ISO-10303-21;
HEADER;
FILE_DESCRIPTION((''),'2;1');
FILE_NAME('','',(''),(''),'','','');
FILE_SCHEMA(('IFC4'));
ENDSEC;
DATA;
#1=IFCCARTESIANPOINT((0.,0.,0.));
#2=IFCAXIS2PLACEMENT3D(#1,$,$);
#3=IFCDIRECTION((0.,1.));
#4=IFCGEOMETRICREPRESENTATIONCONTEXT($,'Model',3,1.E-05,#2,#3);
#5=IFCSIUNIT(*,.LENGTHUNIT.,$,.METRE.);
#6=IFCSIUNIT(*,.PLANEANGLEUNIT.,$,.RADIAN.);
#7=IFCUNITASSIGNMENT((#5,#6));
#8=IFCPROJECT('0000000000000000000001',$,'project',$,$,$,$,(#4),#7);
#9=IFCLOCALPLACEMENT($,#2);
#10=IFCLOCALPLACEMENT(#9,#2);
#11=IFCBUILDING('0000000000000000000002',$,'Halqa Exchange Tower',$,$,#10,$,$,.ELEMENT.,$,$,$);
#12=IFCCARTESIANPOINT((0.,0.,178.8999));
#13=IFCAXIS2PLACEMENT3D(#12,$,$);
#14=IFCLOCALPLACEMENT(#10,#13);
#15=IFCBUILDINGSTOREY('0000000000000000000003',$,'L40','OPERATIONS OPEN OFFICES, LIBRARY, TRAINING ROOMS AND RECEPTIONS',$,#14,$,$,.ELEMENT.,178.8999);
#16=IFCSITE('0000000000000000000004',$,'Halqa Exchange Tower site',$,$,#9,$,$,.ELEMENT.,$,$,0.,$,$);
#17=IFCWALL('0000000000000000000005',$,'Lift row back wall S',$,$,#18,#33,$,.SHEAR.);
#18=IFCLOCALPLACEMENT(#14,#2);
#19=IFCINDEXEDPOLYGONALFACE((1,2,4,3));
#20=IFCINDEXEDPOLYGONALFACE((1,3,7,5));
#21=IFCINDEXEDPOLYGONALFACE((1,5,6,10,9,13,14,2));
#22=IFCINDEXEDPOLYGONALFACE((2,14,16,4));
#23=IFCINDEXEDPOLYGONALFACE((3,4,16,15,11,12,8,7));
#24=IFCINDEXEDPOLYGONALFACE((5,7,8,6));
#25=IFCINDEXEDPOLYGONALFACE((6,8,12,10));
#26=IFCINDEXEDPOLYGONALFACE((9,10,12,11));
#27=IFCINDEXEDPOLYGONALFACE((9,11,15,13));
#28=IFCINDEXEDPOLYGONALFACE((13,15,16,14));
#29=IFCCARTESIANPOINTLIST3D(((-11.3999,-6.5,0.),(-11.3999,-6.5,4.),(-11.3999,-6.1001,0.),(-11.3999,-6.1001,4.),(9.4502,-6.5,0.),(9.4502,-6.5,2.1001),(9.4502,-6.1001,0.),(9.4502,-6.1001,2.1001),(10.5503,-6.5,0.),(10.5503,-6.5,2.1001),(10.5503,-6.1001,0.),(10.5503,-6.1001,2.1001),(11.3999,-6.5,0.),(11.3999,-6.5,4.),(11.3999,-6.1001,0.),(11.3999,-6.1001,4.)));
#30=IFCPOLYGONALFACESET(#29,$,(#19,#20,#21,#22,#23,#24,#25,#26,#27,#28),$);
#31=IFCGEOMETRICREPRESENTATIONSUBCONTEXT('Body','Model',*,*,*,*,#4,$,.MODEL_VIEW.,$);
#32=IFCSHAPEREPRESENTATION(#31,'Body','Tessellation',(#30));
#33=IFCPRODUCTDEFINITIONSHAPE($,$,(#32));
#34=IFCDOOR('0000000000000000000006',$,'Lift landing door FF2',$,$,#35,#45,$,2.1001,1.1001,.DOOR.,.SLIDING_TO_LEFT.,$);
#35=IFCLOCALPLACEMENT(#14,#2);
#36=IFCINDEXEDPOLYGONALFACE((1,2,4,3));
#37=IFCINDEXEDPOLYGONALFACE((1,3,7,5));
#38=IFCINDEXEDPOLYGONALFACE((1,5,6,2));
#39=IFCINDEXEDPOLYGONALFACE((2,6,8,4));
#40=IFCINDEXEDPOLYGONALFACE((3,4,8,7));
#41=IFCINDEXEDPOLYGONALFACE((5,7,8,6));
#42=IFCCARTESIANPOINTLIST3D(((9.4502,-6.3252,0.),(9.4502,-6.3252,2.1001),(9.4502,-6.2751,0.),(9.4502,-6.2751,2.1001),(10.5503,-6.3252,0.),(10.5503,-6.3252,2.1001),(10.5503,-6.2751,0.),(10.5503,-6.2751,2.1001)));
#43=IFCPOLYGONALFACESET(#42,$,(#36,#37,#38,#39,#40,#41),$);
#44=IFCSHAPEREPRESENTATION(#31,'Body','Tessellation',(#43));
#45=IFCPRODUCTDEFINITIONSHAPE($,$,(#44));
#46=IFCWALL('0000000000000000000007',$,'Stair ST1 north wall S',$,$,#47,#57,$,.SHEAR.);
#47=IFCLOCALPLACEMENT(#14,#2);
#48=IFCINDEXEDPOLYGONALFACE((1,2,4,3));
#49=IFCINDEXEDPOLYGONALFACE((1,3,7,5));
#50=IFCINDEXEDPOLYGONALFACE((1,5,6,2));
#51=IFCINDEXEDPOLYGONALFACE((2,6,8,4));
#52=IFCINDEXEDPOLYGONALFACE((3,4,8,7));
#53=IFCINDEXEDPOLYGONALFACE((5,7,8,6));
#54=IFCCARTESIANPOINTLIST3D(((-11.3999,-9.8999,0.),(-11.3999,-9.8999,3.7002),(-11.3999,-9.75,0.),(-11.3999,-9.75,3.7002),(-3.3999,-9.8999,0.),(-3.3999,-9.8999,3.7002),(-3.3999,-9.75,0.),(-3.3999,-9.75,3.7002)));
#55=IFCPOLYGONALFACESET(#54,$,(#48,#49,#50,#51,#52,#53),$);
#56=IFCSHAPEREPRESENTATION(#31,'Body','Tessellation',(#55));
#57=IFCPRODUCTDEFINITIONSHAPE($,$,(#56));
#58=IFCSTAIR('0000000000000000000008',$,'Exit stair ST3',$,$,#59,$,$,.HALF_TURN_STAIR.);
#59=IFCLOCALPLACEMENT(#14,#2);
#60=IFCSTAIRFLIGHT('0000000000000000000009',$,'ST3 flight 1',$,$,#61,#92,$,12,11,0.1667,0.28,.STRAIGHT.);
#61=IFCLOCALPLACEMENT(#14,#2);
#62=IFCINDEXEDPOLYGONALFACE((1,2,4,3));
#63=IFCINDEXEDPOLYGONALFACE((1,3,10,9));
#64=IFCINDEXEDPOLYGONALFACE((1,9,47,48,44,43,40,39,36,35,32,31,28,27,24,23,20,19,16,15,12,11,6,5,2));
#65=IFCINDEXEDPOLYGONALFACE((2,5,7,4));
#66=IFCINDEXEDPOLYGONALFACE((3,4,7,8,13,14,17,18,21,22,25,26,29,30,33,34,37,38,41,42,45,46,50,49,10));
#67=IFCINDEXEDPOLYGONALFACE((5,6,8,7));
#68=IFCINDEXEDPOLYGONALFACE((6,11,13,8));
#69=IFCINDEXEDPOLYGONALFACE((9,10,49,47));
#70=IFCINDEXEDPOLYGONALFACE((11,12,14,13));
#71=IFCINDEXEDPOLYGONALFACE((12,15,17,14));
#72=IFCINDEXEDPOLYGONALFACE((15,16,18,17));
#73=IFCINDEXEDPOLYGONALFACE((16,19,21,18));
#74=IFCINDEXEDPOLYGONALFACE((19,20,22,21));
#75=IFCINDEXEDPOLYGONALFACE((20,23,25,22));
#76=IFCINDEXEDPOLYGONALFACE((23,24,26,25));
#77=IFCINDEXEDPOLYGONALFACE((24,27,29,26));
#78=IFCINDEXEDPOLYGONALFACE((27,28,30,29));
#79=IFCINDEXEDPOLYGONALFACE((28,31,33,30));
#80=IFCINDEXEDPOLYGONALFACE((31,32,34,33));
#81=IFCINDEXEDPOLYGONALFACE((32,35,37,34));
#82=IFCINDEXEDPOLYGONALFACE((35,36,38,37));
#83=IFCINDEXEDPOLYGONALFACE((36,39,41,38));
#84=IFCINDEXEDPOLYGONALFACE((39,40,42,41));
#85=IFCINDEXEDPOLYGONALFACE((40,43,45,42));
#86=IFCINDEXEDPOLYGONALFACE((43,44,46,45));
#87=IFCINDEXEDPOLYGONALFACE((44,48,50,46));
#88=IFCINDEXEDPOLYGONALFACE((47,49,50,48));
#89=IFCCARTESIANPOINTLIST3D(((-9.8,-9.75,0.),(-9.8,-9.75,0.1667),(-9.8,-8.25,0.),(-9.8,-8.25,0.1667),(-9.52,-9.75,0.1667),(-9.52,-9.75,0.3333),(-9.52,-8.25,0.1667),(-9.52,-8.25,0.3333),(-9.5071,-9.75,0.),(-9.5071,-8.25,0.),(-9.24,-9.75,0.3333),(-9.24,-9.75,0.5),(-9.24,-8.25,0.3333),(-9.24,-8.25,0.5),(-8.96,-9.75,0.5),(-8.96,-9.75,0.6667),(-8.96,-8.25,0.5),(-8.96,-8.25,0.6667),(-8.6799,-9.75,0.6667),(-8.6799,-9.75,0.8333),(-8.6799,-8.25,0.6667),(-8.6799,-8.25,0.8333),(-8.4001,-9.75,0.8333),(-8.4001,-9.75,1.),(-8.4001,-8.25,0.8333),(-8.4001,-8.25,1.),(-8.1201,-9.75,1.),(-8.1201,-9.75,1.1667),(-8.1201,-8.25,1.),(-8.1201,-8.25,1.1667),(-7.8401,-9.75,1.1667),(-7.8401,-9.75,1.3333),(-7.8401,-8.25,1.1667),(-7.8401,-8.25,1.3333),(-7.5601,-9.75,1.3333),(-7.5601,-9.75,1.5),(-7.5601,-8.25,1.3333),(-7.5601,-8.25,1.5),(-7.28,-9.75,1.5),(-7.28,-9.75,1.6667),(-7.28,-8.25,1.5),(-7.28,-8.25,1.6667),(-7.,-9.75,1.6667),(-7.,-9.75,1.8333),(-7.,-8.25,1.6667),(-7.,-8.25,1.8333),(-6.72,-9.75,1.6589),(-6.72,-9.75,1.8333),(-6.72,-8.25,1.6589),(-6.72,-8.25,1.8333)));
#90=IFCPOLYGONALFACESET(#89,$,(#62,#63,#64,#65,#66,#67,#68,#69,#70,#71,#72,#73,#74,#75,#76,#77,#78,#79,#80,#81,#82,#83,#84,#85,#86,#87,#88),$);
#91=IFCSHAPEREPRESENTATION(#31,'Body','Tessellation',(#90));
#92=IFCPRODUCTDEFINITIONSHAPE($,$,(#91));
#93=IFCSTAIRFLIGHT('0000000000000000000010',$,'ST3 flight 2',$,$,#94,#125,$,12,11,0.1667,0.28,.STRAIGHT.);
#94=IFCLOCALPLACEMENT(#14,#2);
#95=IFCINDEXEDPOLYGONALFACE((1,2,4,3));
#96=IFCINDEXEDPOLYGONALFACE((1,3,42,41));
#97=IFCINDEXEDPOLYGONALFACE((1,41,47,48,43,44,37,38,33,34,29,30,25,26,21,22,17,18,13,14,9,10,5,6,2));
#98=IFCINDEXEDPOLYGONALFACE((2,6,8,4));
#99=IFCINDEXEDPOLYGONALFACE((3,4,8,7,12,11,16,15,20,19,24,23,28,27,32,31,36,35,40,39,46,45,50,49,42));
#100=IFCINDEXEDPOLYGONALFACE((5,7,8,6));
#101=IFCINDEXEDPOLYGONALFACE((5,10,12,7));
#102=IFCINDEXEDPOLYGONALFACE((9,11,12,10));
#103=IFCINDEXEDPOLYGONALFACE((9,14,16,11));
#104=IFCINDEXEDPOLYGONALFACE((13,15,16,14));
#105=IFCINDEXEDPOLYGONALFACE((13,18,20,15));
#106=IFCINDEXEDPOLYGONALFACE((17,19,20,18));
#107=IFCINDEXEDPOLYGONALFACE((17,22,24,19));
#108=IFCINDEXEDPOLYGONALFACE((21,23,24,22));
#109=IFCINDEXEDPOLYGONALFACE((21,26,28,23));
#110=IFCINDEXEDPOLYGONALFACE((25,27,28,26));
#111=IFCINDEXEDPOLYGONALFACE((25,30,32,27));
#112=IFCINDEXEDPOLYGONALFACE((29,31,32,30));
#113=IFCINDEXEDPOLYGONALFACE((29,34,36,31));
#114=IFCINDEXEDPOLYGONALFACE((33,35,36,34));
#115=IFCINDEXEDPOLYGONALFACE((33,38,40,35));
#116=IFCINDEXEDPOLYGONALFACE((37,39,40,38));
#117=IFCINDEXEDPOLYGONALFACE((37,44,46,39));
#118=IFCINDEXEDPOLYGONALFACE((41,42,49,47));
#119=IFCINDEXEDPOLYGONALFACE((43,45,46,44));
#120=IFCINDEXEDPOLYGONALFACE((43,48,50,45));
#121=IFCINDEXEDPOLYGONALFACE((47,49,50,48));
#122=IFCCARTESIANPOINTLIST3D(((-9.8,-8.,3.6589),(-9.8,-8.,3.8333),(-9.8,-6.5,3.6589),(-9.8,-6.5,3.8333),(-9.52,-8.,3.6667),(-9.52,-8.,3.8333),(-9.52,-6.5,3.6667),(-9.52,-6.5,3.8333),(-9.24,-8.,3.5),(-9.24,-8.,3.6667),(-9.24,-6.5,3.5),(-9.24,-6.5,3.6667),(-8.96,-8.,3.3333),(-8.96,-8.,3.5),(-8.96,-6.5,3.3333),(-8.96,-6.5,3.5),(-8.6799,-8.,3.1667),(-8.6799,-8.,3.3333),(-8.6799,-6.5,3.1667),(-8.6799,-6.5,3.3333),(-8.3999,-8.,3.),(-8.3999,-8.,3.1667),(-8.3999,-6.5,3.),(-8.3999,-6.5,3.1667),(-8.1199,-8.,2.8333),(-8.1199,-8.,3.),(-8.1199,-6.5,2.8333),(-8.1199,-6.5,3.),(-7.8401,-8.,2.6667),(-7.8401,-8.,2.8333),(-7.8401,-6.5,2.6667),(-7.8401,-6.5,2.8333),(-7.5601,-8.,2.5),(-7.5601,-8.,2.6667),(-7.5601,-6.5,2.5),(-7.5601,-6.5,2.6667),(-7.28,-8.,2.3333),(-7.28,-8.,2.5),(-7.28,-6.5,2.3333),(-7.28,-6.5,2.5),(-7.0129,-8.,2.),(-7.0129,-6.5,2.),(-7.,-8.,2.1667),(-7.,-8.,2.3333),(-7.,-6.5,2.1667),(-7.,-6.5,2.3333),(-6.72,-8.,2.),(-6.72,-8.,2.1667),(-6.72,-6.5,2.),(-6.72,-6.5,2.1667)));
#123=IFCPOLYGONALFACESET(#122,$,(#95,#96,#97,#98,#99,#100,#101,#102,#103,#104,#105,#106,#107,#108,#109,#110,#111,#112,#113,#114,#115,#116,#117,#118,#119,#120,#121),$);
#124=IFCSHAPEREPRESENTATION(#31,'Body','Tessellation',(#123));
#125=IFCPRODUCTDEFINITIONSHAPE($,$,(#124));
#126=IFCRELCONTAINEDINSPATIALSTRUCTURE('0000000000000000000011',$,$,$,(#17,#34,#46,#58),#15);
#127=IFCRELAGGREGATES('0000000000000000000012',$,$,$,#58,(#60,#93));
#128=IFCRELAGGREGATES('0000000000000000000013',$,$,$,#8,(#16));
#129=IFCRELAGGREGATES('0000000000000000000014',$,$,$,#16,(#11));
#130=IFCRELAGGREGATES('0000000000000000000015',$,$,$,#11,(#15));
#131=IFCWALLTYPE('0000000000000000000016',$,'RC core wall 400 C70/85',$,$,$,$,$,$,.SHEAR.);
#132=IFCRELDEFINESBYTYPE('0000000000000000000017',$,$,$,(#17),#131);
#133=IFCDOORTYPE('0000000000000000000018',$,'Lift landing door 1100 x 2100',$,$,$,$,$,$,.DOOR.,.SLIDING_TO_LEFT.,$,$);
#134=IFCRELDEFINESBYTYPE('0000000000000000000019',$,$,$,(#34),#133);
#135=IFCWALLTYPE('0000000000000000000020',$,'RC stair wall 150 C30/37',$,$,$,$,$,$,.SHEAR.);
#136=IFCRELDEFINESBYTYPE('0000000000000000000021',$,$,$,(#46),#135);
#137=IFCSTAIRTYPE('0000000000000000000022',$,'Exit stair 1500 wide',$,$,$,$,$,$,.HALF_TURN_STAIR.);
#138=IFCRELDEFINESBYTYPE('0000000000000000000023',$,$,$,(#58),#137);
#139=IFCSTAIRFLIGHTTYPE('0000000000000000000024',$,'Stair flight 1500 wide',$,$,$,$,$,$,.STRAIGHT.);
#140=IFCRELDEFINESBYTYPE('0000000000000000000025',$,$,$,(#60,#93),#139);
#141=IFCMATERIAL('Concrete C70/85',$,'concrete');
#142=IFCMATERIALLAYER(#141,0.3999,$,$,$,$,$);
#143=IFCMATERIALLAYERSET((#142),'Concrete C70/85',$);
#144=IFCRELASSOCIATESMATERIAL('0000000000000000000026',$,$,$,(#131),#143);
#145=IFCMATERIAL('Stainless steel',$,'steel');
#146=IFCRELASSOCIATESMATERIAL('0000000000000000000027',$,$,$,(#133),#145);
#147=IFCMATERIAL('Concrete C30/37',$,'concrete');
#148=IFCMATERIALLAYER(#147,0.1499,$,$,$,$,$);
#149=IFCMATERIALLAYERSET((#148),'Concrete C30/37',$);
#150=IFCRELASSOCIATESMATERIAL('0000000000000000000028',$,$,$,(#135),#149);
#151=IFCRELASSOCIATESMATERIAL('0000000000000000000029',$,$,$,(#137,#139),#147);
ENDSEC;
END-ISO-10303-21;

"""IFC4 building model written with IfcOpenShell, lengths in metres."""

from ifc_helpers import new_model, si_unit, direction, frame, frame_2d, origin, place, context, subcontext, project, spatial, polyline, rectangle, outline, extrude, material, layer, layer_set, type_object, element, fill, aggregate, save


model = new_model("IFC4")

# Units and contexts
model_context = context("Model", 3, precision=1e-05, world=origin(), true_north=direction((0.0, 1.0)))
body_context = subcontext(model_context, "Body", "Model", "MODEL_VIEW")
ifc_project = project(units=[si_unit("LENGTHUNIT", "METRE"), si_unit("PLANEANGLEUNIT", "RADIAN")], contexts=[model_context])

# Site, building, storey
site_placement = place(None, origin())
site = spatial("IfcSite", under=ifc_project, at=site_placement, Name="Halqa Exchange Tower site", CompositionType="ELEMENT", RefElevation=0.0)
building_placement = place(site_placement, origin())
building = spatial("IfcBuilding", under=site, at=building_placement, Name="Halqa Exchange Tower", CompositionType="ELEMENT")
storey_placement = place(building_placement, frame((0.0, 0.0, 178.8999)))
storey = spatial("IfcBuildingStorey", under=building, at=storey_placement, Name="L40", Description="OPERATIONS OPEN OFFICES, LIBRARY, TRAINING ROOMS AND RECEPTIONS", CompositionType="ELEMENT", Elevation=178.8999)

# Shared definitions
ifc_material_1 = material(Name="Concrete C70/85", Category="concrete")
ifc_layer_1 = layer(ifc_material_1, 0.3999)
ifc_layer_set_1 = layer_set([ifc_layer_1], Name="Concrete C70/85")
wall_type_1 = type_object("IfcWallType", Name="RC core wall 400 C70/85", PredefinedType="SHEAR", material=ifc_layer_set_1)
ifc_material_2 = material(Name="Stainless steel", Category="steel")
door_type_1 = type_object("IfcDoorType", Name="Lift landing door 1100 x 2100", OperationType="SLIDING_TO_LEFT", PredefinedType="DOOR", material=ifc_material_2)

# Wall, opening, door
wall_1_placement = place(storey_placement, frame((-11.3999, -6.3, 0.0), z_axis=(0.0, 0.0, 1.0), x_axis=(1.0, 0.0, 0.0)))
wall_1 = element("IfcWall", 1, at=wall_1_placement, inside=storey, type_object=wall_type_1, Name="Lift row back wall S", PredefinedType="SHEAR", context=body_context, shape_type="SweptSolid", body=[
    extrude(rectangle(XDim=22.7998, YDim=0.3999, at=frame_2d((11.3999, 0.0))), origin(), (0.0, 0.0, 1.0), 4.0),
])
opening_1_placement = place(wall_1_placement, frame((20.8501, 0.0, 0.0)))
opening_1 = element("IfcOpeningElement", 2, at=opening_1_placement, cuts=wall_1, PredefinedType="OPENING", context=body_context, shape_type="SweptSolid", body=[
    extrude(rectangle(XDim=1.1001, YDim=2.1001, at=frame_2d((0.55, 1.05))), frame((0.0, 0.2119, 0.0), z_axis=(0.0, -1.0, 0.0), x_axis=(1.0, 0.0, 0.0)), (0.0, 0.0, 1.0), 0.4238),
])
door_1_placement = place(opening_1_placement, origin())
door_1 = element("IfcDoor", 3, at=door_1_placement, inside=storey, type_object=door_type_1, Name="Lift landing door FF2", OperationType="SLIDING_TO_LEFT", OverallHeight=2.1001, OverallWidth=1.1001, PredefinedType="DOOR", context=body_context, shape_type="SweptSolid", body=[
    extrude(rectangle(XDim=1.1001, YDim=2.1001, at=frame_2d((0.55, 1.05))), frame((0.0, 0.0249, 0.0), z_axis=(0.0, -1.0, 0.0), x_axis=(1.0, 0.0, 0.0)), (0.0, 0.0, 1.0), 0.05),
])
fill(opening_1, door_1)

# Wall
ifc_material_3 = material(Name="Concrete C30/37", Category="concrete")
ifc_layer_2 = layer(ifc_material_3, 0.1499)
ifc_layer_set_2 = layer_set([ifc_layer_2], Name="Concrete C30/37")
wall_type_2 = type_object("IfcWallType", Name="RC stair wall 150 C30/37", PredefinedType="SHEAR", material=ifc_layer_set_2)
wall_2_placement = place(storey_placement, frame((-11.3999, -9.825, 0.0), z_axis=(0.0, 0.0, 1.0), x_axis=(1.0, 0.0, 0.0)))
element("IfcWall", 4, at=wall_2_placement, inside=storey, type_object=wall_type_2, Name="Stair ST1 north wall S", PredefinedType="SHEAR", context=body_context, shape_type="SweptSolid", body=[
    extrude(rectangle(XDim=8.0, YDim=0.1499, at=frame_2d((4.0, 0.0))), origin(), (0.0, 0.0, 1.0), 3.7002),
])

# Stair, stair flights
stair_type = type_object("IfcStairType", Name="Exit stair 1500 wide", PredefinedType="HALF_TURN_STAIR", material=ifc_material_3)
stair_placement = place(storey_placement, origin())
stair = element("IfcStair", 5, at=stair_placement, inside=storey, type_object=stair_type, Name="Exit stair ST3", PredefinedType="HALF_TURN_STAIR")
stair_flight_type = type_object("IfcStairFlightType", Name="Stair flight 1500 wide", PredefinedType="STRAIGHT", material=ifc_material_3)
stair_flight_1_placement = place(storey_placement, frame((-9.8, -9.0, 0.0), z_axis=(0.0, 0.0, 1.0), x_axis=(1.0, 0.0, 0.0)))
stair_flight_1 = element("IfcStairFlight", 6, at=stair_flight_1_placement, type_object=stair_flight_type, Name="ST3 flight 1", NumberOfRisers=12, NumberOfTreads=11, PredefinedType="STRAIGHT", RiserHeight=0.1667, TreadLength=0.28, context=body_context, shape_type="SweptSolid", body=[
    extrude(outline(polyline([(0.0, 0.0), (0.0, 0.1667), (0.28, 0.1667), (0.28, 0.3333), (0.5601, 0.3333), (0.5601, 0.5), (0.8401, 0.5), (0.8401, 0.6667), (1.1201, 0.6667), (1.1201, 0.8333), (1.3999, 0.8333), (1.3999, 1.0), (1.6799, 1.0), (1.6799, 1.1667), (1.96, 1.1667), (1.96, 1.3333), (2.24, 1.3333), (2.24, 1.5), (2.52, 1.5), (2.52, 1.6667), (2.8, 1.6667), (2.8, 1.8333), (3.0801, 1.8333), (3.0801, 2.0), (3.0801, 1.6589), (0.293, 0.0), (0.0, 0.0)])), frame((0.0, 0.75, 0.0), z_axis=(0.0, -1.0, 0.0), x_axis=(1.0, 0.0, 0.0)), (0.0, 0.0, 1.0), 1.5),
])
stair_flight_2_placement = place(storey_placement, frame((-6.72, -7.25, 2.0), z_axis=(0.0, 0.0, 1.0), x_axis=(-1.0, 0.0, 0.0)))
stair_flight_2 = element("IfcStairFlight", 7, at=stair_flight_2_placement, type_object=stair_flight_type, Name="ST3 flight 2", NumberOfRisers=12, NumberOfTreads=11, PredefinedType="STRAIGHT", RiserHeight=0.1667, TreadLength=0.28, context=body_context, shape_type="SweptSolid", body=[
    extrude(outline(polyline([(0.0, 0.0), (0.0, 0.1667), (0.28, 0.1667), (0.28, 0.3333), (0.5601, 0.3333), (0.5601, 0.5), (0.8401, 0.5), (0.8401, 0.6667), (1.1201, 0.6667), (1.1201, 0.8333), (1.3999, 0.8333), (1.3999, 1.0), (1.6799, 1.0), (1.6799, 1.1667), (1.96, 1.1667), (1.96, 1.3333), (2.24, 1.3333), (2.24, 1.5), (2.52, 1.5), (2.52, 1.6667), (2.8, 1.6667), (2.8, 1.8333), (3.0801, 1.8333), (3.0801, 2.0), (3.0801, 1.6589), (0.293, 0.0), (0.0, 0.0)])), frame((0.0, 0.75, 0.0), z_axis=(0.0, -1.0, 0.0), x_axis=(1.0, 0.0, 0.0)), (0.0, 0.0, 1.0), 1.5),
])
aggregate(stair, [stair_flight_1, stair_flight_2])

save(model, "model.ifc")
